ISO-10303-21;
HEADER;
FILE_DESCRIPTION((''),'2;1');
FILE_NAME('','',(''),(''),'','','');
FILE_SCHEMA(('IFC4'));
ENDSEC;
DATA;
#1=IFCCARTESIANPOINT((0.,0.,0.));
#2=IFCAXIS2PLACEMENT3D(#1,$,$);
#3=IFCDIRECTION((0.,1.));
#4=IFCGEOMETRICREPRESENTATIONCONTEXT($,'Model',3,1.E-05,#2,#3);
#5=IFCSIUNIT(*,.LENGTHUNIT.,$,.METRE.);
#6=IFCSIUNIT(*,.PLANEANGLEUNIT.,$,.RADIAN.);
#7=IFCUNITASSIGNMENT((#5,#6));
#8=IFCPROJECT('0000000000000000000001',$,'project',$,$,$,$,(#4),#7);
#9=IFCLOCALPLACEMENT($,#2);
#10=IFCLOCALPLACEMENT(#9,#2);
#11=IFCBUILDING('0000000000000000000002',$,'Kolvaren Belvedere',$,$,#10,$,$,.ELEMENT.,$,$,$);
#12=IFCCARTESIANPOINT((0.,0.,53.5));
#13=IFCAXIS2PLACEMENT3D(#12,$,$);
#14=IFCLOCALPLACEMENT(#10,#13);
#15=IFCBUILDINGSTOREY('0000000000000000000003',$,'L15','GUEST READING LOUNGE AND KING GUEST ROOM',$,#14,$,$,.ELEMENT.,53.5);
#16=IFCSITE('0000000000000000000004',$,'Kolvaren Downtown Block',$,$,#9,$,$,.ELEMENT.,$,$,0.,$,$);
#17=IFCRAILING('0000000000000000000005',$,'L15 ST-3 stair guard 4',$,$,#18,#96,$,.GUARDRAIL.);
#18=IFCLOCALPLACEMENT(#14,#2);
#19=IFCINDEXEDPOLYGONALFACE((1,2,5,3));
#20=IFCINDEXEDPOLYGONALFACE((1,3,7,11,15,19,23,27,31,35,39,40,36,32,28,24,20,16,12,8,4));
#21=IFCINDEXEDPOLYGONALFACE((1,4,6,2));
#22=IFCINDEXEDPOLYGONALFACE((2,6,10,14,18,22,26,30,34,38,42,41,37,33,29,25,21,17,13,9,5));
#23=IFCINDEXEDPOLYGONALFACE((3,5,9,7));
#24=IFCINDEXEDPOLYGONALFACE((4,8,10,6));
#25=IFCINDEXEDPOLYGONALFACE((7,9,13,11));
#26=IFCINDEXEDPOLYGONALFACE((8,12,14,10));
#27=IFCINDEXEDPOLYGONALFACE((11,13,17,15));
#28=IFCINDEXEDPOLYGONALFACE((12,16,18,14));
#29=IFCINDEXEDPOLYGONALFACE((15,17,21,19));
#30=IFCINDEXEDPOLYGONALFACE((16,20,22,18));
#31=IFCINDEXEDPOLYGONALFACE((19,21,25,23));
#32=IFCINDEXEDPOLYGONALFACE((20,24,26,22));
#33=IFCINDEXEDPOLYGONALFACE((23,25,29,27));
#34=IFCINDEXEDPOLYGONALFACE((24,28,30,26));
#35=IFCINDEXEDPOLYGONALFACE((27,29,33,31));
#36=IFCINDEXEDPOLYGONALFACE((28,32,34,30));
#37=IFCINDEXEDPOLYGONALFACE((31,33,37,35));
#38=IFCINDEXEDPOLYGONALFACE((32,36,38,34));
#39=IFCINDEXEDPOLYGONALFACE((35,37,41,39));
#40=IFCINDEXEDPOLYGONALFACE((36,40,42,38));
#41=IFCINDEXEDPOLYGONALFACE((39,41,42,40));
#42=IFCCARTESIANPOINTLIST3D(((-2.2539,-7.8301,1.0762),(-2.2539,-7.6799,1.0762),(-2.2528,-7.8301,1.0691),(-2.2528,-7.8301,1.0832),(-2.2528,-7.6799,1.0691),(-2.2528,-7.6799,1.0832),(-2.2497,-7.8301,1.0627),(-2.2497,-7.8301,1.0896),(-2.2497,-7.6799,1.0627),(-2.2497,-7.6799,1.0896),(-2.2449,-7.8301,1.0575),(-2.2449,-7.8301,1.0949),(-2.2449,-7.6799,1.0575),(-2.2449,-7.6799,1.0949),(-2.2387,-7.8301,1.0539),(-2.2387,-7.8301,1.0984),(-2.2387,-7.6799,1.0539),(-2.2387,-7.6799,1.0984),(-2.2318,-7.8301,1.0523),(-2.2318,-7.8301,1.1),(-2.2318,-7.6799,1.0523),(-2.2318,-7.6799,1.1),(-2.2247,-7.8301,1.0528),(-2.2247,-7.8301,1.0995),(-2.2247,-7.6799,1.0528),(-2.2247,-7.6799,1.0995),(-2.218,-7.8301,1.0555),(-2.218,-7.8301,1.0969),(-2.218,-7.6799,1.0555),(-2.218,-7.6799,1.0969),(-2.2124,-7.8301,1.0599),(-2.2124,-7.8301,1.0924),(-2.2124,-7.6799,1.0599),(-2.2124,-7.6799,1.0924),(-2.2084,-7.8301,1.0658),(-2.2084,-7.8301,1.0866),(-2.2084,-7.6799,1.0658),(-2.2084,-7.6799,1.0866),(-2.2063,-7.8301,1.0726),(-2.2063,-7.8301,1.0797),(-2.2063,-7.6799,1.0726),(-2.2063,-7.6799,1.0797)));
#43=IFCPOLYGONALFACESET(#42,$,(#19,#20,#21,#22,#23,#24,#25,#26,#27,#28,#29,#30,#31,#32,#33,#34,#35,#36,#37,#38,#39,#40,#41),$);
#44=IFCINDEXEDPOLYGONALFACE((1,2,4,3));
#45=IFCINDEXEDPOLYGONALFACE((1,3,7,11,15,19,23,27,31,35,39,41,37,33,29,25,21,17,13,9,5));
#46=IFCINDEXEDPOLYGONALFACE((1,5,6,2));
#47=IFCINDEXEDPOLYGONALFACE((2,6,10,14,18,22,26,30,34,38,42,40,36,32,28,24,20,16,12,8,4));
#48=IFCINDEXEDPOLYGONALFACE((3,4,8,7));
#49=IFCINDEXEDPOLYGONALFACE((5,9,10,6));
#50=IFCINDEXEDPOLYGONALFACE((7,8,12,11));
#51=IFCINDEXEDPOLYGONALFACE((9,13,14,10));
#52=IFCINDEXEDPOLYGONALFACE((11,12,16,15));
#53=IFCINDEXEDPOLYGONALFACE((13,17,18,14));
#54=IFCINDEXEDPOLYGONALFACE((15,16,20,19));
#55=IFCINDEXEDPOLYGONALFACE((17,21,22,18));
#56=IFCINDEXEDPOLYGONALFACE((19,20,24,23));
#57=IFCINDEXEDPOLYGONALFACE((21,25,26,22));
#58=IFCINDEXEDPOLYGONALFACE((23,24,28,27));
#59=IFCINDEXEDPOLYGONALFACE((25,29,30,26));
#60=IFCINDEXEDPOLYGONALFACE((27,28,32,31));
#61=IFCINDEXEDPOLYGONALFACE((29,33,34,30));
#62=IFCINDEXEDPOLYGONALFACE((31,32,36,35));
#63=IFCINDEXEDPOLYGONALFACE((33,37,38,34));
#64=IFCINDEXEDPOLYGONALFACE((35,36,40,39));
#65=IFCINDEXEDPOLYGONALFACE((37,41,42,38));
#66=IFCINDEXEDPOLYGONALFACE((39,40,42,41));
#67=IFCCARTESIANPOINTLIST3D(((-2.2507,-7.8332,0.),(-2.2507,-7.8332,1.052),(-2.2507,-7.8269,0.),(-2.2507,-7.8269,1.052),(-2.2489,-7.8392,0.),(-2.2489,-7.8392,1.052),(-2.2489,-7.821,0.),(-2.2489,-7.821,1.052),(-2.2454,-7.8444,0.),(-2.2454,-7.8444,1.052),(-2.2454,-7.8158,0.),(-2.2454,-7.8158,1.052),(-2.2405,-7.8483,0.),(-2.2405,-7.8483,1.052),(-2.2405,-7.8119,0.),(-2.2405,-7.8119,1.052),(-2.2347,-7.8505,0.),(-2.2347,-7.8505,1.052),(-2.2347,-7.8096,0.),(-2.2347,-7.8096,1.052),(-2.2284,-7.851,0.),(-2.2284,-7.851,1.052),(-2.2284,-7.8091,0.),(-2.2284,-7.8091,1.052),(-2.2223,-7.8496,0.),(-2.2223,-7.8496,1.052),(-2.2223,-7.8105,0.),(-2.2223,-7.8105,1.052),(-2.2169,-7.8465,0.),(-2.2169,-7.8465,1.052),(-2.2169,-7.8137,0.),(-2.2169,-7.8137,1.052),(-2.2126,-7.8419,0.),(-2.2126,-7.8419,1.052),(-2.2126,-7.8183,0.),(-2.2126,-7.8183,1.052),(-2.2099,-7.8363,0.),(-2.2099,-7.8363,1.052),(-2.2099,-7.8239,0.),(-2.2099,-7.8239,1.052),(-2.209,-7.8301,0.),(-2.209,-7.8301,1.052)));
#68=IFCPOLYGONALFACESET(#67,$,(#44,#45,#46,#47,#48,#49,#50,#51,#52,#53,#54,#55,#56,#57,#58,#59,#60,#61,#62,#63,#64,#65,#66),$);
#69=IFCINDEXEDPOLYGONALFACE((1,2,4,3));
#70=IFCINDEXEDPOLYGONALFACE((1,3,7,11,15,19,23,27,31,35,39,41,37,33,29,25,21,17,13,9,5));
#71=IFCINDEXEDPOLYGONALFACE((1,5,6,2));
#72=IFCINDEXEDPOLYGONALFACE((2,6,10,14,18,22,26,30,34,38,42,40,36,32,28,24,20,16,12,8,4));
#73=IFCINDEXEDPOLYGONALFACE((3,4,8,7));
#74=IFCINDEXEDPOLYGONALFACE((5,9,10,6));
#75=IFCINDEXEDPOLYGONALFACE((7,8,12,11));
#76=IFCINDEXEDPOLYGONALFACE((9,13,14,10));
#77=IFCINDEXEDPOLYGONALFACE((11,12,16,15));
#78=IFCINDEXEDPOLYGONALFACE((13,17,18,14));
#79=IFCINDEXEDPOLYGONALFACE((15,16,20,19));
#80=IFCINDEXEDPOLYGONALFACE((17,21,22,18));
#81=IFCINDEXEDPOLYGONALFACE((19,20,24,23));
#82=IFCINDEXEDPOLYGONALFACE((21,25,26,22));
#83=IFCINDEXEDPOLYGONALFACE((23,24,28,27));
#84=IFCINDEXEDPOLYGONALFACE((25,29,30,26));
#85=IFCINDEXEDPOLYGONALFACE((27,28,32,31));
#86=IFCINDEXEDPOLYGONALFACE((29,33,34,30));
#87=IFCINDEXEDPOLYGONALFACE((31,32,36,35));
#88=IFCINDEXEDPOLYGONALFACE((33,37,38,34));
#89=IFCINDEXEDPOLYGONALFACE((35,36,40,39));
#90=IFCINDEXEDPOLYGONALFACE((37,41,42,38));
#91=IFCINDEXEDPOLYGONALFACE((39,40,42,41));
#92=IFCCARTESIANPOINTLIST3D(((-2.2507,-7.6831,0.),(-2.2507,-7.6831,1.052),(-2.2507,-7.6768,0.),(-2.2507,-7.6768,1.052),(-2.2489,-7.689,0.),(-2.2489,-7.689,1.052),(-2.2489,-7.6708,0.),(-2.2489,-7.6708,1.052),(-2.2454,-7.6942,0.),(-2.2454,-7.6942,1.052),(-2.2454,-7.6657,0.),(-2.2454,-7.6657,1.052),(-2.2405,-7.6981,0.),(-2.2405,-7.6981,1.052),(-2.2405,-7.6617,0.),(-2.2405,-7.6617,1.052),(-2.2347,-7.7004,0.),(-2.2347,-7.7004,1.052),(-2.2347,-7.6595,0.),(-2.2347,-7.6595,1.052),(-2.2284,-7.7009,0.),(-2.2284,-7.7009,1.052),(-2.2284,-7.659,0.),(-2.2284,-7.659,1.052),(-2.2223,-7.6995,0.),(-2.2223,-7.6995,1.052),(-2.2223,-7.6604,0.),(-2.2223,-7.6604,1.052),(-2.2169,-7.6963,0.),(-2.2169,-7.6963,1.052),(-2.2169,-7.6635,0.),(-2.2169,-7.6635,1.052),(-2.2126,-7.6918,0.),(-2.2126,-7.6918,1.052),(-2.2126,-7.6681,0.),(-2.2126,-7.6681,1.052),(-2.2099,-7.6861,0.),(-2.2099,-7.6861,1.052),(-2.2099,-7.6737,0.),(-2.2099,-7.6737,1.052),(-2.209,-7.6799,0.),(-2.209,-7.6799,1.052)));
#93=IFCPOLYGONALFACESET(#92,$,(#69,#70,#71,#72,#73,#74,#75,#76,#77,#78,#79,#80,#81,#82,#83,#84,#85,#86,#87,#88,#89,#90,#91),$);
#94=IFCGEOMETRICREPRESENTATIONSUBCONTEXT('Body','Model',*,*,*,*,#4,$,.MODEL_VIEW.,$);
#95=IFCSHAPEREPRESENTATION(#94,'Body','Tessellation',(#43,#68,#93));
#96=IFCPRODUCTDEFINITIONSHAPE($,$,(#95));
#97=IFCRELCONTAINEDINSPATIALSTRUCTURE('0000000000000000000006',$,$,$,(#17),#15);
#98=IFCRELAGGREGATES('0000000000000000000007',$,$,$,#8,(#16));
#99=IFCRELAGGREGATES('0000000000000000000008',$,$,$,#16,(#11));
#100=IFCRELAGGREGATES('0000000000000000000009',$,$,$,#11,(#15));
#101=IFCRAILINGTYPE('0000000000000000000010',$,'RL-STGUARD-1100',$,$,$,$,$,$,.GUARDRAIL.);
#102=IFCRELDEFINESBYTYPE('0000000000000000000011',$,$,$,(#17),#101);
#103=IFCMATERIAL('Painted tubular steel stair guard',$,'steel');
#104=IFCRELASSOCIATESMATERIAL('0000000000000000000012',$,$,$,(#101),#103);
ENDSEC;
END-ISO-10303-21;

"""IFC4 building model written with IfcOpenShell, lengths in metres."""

from ifc_helpers import new_model, si_unit, direction, frame, origin, origin_2d, place, context, subcontext, project, spatial, circle, extrude, material, type_object, element, save


model = new_model("IFC4")

# Units and contexts
model_context = context("Model", 3, precision=1e-05, world=origin(), true_north=direction((0.0, 1.0)))
body_context = subcontext(model_context, "Body", "Model", "MODEL_VIEW")
ifc_project = project(units=[si_unit("LENGTHUNIT", "METRE"), si_unit("PLANEANGLEUNIT", "RADIAN")], contexts=[model_context])

# Site, building, storey
site_placement = place(None, origin())
site = spatial("IfcSite", under=ifc_project, at=site_placement, Name="Kolvaren Downtown Block", CompositionType="ELEMENT", RefElevation=0.0)
building_placement = place(site_placement, origin())
building = spatial("IfcBuilding", under=site, at=building_placement, Name="Kolvaren Belvedere", CompositionType="ELEMENT")
storey_placement = place(building_placement, frame((0.0, 0.0, 53.5)))
storey = spatial("IfcBuildingStorey", under=building, at=storey_placement, Name="L15", Description="GUEST READING LOUNGE AND KING GUEST ROOM", CompositionType="ELEMENT", Elevation=53.5)

# Railing
ifc_material_1 = material(Name="Painted tubular steel stair guard", Category="steel")
railing_type_1 = type_object("IfcRailingType", Name="RL-STGUARD-1100", PredefinedType="GUARDRAIL", material=ifc_material_1)
railing_1_placement = place(storey_placement, frame((-2.23, -7.8301, 0.0)))
element("IfcRailing", 1, at=railing_1_placement, inside=storey, type_object=railing_type_1, Name="L15 ST-3 stair guard 4", PredefinedType="GUARDRAIL", context=body_context, shape_type="SweptSolid", body=[
    extrude(circle(Radius=0.0239, at=origin_2d()), frame((0.0, 0.0, 1.0762), z_axis=(0.0, 1.0, 0.0), x_axis=(-1.0, 0.0, 0.0)), (0.0, 0.0, 1.0), 0.1501),
    extrude(circle(Radius=0.021, at=origin_2d()), origin(), (0.0, 0.0, 1.0), 1.052),
    extrude(circle(Radius=0.021, at=origin_2d()), frame((0.0, 0.1501, 0.0)), (0.0, 0.0, 1.0), 1.052),
])

save(model, "model.ifc")
